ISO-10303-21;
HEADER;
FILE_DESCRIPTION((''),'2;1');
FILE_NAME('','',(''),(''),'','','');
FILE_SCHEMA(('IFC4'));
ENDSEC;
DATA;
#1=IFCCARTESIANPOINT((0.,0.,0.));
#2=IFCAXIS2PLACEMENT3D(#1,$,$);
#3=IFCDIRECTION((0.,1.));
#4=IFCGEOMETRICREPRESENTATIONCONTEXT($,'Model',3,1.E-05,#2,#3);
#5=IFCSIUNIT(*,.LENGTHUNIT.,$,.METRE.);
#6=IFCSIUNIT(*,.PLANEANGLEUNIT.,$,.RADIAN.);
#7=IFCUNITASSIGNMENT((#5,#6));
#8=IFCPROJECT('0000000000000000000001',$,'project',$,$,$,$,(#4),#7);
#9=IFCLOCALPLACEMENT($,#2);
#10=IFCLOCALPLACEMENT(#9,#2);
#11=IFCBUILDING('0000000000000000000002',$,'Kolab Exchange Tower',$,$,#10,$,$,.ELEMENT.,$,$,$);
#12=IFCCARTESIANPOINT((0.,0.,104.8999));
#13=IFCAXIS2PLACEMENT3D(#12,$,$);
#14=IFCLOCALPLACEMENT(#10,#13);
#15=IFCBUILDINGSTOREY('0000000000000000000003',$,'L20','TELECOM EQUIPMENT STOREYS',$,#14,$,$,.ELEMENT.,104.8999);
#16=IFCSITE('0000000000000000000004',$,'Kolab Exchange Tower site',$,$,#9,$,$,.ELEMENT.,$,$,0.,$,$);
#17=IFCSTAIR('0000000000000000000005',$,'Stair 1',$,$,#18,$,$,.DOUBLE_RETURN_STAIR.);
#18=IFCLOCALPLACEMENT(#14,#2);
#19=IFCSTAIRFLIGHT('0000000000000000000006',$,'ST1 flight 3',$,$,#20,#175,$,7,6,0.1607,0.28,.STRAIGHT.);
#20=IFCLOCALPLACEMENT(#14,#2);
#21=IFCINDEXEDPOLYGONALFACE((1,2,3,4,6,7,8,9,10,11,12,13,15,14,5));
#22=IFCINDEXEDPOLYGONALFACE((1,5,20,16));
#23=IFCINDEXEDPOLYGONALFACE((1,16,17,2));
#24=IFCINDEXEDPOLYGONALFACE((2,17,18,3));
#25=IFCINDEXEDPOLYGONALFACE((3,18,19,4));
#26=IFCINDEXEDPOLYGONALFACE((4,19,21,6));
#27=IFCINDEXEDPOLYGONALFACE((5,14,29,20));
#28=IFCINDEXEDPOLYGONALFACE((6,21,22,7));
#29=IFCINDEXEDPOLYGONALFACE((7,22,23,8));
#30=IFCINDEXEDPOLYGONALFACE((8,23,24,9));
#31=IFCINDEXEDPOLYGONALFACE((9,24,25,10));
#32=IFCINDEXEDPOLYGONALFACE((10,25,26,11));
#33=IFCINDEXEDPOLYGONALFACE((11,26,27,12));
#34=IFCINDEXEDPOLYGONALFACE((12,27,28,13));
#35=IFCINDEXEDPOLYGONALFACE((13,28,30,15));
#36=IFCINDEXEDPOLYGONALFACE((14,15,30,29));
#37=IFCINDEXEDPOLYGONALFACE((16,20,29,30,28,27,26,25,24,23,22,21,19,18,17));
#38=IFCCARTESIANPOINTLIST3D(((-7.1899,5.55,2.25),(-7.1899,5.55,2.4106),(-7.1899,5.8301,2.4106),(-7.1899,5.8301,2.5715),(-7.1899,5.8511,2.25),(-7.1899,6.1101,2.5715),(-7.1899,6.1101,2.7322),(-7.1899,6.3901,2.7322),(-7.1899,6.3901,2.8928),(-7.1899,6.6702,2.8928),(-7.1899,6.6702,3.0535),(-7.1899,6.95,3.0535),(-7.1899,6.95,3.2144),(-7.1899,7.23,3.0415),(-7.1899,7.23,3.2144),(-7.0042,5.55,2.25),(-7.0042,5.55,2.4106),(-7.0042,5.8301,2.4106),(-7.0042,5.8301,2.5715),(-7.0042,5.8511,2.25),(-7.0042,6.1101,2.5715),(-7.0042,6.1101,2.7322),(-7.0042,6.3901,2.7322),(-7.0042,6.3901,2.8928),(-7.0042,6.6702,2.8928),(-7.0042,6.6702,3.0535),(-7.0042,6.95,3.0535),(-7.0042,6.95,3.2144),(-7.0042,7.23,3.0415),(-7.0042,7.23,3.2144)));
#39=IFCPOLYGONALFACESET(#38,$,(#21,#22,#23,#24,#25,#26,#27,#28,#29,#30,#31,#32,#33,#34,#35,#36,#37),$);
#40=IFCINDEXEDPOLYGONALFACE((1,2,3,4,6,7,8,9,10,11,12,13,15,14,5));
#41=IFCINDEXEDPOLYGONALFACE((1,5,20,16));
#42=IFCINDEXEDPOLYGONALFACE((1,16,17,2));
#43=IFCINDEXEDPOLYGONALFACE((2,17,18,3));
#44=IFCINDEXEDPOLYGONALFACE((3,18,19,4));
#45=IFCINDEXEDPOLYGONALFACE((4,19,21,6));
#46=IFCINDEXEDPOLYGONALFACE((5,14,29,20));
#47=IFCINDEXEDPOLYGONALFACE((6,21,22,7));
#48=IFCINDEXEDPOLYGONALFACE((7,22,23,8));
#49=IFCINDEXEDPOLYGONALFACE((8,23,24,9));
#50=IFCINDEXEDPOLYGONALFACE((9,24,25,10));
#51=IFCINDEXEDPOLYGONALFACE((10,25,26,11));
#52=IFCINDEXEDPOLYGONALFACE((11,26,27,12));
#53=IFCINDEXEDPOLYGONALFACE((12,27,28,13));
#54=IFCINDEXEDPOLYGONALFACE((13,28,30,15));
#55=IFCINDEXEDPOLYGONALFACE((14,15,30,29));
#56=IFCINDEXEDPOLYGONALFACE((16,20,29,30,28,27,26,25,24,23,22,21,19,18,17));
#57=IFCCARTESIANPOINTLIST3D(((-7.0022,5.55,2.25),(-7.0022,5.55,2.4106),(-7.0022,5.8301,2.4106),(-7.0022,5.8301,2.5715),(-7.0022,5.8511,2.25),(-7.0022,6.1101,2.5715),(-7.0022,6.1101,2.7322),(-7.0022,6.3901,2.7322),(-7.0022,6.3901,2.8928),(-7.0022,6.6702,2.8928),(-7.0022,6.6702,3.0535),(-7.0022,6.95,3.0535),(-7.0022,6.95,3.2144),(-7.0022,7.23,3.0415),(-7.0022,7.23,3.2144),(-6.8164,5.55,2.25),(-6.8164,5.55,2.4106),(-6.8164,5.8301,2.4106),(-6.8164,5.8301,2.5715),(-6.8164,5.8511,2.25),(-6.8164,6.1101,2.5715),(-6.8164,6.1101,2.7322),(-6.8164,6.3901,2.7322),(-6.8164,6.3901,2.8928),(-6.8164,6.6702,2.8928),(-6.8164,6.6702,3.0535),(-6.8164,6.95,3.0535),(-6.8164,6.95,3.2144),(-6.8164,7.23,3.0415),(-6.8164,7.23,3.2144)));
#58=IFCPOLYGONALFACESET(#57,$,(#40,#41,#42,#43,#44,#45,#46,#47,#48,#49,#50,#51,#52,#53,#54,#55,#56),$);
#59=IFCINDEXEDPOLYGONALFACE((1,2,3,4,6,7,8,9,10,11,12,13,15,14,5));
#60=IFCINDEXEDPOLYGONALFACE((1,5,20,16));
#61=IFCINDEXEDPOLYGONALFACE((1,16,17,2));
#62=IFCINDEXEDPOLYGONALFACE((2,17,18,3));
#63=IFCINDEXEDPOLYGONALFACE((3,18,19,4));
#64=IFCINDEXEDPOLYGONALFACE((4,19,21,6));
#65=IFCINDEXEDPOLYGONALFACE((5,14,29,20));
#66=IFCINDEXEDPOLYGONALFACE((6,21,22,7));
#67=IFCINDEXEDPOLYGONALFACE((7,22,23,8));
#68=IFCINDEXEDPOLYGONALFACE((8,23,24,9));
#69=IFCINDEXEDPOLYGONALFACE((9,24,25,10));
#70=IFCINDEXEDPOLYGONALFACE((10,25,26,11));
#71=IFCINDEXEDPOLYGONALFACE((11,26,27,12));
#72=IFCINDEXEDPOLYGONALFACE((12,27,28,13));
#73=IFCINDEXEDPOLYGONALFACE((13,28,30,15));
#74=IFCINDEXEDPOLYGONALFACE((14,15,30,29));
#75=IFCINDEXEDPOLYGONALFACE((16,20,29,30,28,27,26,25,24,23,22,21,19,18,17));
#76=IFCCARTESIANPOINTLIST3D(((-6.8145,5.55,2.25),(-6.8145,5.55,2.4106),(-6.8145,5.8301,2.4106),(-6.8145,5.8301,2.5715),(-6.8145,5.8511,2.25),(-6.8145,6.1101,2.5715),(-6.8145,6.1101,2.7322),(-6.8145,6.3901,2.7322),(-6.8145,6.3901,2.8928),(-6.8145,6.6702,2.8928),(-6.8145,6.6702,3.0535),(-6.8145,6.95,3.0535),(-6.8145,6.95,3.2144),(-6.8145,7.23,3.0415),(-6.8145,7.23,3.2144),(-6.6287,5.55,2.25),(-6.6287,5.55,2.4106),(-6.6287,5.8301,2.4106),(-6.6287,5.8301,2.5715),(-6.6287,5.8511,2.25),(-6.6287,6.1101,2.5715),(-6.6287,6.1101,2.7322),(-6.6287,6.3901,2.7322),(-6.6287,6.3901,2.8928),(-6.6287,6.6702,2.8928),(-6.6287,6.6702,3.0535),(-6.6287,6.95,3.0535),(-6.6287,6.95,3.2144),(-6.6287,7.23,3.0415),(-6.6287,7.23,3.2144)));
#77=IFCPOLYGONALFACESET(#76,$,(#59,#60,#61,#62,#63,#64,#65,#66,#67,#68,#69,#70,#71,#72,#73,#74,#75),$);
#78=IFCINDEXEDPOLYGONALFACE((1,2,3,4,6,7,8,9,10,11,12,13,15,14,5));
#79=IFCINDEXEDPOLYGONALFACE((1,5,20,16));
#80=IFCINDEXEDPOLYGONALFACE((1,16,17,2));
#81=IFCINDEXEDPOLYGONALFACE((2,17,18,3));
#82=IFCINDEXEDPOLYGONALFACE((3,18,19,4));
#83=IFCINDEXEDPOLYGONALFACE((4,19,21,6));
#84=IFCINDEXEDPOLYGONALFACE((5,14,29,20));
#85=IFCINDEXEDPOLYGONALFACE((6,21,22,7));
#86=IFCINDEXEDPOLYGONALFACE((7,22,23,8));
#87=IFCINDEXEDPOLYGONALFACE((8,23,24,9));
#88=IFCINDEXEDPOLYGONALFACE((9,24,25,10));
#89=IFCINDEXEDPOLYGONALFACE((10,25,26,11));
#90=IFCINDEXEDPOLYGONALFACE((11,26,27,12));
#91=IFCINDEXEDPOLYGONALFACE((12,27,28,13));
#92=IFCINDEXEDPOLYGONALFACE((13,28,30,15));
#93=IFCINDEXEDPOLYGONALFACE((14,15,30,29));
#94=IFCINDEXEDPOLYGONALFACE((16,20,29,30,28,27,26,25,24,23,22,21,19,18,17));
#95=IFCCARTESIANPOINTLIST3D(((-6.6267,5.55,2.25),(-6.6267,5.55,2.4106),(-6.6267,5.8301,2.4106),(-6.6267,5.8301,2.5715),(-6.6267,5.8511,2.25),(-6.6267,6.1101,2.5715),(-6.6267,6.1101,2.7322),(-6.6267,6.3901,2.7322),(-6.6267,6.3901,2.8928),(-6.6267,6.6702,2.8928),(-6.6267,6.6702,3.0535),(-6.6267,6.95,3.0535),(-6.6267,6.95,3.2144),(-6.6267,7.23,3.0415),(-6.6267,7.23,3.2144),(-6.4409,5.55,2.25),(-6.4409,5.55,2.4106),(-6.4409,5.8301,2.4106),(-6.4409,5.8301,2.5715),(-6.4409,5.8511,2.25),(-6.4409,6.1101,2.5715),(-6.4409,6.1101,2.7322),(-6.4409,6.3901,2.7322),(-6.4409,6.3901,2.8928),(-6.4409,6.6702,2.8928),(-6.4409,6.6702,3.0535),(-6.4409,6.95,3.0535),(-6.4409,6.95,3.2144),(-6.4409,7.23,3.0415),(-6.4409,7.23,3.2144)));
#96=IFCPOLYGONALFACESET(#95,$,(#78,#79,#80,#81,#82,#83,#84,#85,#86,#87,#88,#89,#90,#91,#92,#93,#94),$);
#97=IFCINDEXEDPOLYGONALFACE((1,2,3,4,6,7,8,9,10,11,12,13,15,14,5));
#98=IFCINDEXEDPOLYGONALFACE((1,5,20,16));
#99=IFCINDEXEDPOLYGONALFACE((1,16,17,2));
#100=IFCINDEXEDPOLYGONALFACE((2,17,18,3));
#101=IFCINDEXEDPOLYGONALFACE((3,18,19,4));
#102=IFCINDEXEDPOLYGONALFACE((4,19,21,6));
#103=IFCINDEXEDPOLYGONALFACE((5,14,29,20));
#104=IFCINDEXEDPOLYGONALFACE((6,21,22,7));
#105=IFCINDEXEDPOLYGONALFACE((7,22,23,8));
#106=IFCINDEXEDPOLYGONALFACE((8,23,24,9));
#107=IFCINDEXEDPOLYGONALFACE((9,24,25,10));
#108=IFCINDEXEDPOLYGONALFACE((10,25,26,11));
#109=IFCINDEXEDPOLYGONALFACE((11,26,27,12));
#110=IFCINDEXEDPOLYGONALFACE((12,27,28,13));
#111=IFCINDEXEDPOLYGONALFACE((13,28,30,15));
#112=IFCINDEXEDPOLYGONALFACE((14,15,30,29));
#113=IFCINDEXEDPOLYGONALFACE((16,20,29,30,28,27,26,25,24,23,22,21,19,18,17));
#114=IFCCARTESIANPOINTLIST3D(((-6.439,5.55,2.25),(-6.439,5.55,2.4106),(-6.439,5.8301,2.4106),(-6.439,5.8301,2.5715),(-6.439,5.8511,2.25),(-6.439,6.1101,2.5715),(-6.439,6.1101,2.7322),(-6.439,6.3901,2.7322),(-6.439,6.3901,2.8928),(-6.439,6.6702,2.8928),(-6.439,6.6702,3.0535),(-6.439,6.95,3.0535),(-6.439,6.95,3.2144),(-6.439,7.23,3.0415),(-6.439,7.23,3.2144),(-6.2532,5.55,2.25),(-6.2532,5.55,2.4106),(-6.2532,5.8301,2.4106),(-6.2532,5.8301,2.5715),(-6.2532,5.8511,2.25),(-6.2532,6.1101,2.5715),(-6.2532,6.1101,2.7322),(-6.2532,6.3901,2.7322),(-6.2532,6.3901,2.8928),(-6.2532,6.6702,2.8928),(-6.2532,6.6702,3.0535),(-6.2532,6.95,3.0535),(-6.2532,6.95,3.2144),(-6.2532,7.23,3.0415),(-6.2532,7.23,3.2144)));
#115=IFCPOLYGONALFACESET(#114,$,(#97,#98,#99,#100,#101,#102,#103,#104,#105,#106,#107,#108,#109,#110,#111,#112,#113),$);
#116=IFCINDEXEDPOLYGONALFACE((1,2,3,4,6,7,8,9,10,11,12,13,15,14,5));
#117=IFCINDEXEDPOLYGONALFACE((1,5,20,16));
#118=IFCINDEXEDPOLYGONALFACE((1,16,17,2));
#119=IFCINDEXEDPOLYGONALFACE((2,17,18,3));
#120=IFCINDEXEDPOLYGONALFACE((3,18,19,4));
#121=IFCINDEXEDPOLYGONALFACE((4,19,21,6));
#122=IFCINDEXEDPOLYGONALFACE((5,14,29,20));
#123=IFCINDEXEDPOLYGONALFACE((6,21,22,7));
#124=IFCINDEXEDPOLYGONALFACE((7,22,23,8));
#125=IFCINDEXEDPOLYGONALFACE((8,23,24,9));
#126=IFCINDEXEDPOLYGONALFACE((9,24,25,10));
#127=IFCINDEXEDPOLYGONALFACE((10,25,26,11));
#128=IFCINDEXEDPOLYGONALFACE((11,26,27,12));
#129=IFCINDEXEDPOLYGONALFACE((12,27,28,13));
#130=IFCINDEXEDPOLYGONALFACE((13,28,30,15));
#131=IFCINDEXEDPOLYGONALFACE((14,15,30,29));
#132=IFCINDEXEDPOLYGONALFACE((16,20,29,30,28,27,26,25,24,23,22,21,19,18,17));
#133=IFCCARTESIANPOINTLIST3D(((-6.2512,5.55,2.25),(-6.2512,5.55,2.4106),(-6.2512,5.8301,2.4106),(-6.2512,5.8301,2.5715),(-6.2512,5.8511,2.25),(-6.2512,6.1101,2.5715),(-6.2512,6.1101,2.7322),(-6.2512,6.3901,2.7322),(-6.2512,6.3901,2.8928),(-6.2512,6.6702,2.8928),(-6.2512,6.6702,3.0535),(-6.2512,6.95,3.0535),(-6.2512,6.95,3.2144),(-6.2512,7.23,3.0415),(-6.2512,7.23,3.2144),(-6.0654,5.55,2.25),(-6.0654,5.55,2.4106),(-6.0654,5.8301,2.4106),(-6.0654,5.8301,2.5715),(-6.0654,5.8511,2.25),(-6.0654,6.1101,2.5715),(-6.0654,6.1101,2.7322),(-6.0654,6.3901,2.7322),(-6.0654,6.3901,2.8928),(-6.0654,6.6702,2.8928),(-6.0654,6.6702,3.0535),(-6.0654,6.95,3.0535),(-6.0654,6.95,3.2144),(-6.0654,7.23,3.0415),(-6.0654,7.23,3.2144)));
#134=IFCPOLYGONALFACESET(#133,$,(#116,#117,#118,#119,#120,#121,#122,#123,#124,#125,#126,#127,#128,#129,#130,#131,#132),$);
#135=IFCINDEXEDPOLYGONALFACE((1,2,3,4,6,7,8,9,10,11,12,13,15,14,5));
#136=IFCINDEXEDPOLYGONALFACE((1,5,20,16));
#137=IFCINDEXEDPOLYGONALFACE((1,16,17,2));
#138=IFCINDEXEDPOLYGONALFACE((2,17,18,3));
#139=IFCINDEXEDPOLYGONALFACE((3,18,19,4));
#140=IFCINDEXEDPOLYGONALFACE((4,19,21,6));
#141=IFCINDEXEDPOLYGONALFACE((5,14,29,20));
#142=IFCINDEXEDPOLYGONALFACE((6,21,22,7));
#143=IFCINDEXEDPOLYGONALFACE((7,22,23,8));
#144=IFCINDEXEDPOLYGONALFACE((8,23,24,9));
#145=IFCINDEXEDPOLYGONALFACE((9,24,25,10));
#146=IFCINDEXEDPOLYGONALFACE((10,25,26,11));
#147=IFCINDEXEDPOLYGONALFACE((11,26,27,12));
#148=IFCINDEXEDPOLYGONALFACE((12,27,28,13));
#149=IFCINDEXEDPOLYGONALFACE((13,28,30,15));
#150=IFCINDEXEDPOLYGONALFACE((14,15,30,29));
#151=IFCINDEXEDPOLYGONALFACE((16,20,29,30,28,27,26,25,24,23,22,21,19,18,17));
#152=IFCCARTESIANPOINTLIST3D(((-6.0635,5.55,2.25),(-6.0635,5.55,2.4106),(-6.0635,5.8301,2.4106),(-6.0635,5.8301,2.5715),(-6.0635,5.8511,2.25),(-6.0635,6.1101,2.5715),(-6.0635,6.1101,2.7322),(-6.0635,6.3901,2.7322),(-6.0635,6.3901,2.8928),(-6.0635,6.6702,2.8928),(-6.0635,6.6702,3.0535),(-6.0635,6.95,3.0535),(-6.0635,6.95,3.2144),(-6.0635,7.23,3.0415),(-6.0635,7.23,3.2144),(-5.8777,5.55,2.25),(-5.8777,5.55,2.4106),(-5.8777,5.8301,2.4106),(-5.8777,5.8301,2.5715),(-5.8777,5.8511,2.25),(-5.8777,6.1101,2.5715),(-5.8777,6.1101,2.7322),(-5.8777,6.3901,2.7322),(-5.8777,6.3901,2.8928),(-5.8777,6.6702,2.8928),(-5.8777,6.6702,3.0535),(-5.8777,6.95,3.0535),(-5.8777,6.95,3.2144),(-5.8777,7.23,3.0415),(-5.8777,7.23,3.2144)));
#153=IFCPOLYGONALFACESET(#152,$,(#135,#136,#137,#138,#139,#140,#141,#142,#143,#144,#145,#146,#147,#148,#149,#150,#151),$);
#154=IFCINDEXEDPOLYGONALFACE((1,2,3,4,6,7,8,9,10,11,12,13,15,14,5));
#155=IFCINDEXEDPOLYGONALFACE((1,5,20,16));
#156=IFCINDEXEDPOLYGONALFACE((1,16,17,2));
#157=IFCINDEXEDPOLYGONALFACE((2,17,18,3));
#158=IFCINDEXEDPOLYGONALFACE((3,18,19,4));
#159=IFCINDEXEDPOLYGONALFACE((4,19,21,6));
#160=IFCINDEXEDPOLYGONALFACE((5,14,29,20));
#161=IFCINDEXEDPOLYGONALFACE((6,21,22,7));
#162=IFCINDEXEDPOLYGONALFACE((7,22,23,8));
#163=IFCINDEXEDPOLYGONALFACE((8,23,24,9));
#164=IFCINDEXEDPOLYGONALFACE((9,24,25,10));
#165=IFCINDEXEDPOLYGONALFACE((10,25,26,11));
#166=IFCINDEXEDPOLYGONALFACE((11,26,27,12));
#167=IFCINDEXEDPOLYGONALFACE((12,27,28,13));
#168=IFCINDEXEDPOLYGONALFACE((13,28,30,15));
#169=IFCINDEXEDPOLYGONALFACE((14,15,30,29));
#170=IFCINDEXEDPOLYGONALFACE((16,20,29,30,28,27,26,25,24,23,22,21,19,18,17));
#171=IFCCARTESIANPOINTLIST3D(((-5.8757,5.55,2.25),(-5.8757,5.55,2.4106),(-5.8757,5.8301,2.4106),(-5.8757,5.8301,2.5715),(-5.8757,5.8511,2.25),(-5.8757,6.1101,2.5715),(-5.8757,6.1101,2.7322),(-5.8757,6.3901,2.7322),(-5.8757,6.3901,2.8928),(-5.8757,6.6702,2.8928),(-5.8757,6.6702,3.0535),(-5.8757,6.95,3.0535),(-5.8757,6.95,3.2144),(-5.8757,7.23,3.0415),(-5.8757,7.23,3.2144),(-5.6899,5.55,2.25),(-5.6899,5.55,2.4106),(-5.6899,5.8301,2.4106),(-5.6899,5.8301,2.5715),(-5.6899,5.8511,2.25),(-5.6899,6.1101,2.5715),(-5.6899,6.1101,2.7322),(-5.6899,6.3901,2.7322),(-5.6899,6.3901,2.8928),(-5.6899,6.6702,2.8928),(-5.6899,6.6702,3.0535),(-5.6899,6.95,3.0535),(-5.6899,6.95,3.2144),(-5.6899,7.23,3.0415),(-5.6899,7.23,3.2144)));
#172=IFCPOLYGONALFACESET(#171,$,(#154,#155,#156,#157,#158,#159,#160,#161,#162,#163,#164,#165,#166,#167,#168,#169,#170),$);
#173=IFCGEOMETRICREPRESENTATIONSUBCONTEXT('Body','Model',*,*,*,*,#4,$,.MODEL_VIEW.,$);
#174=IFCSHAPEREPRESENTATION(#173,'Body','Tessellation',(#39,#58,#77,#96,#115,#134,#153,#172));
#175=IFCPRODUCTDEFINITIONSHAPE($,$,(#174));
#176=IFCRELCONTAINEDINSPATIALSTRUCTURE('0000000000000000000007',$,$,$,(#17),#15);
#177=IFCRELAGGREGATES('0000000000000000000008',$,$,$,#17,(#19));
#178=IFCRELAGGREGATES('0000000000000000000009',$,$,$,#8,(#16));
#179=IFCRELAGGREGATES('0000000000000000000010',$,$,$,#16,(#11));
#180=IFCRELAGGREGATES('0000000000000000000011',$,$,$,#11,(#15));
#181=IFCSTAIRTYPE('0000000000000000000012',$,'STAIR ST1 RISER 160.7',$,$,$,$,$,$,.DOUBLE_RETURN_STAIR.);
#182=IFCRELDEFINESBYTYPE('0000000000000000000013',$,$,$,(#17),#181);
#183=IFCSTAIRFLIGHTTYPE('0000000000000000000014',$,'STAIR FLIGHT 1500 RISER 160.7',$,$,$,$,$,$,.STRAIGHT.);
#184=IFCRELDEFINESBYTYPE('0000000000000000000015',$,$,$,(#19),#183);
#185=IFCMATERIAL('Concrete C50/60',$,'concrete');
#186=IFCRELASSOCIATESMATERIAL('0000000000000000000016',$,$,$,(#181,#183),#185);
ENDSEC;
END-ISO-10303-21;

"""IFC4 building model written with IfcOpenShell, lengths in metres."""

from ifc_helpers import new_model, si_unit, direction, frame, origin, place, context, subcontext, project, spatial, polyline, outline, extrude, material, type_object, element, aggregate, save


model = new_model("IFC4")

# Units and contexts
model_context = context("Model", 3, precision=1e-05, world=origin(), true_north=direction((0.0, 1.0)))
body_context = subcontext(model_context, "Body", "Model", "MODEL_VIEW")
ifc_project = project(units=[si_unit("LENGTHUNIT", "METRE"), si_unit("PLANEANGLEUNIT", "RADIAN")], contexts=[model_context])

# Site, building, storey
site_placement = place(None, origin())
site = spatial("IfcSite", under=ifc_project, at=site_placement, Name="Kolab Exchange Tower site", CompositionType="ELEMENT", RefElevation=0.0)
building_placement = place(site_placement, origin())
building = spatial("IfcBuilding", under=site, at=building_placement, Name="Kolab Exchange Tower", CompositionType="ELEMENT")
storey_placement = place(building_placement, frame((0.0, 0.0, 104.8999)))
storey = spatial("IfcBuildingStorey", under=building, at=storey_placement, Name="L20", Description="TELECOM EQUIPMENT STOREYS", CompositionType="ELEMENT", Elevation=104.8999)

# Shared definitions
ifc_material_1 = material(Name="Concrete C50/60", Category="concrete")

# Stair, stair flight
stair_type = type_object("IfcStairType", Name="STAIR ST1 RISER 160.7", PredefinedType="DOUBLE_RETURN_STAIR", material=ifc_material_1)
stair_placement = place(storey_placement, origin())
stair = element("IfcStair", 1, at=stair_placement, inside=storey, type_object=stair_type, Name="Stair 1", PredefinedType="DOUBLE_RETURN_STAIR")
stair_flight_type = type_object("IfcStairFlightType", Name="STAIR FLIGHT 1500 RISER 160.7", PredefinedType="STRAIGHT", material=ifc_material_1)
stair_flight_1_placement = place(storey_placement, frame((-6.4399, 5.55, 2.25), z_axis=(0.0, 0.0, 1.0), x_axis=(0.0, 1.0, 0.0)))
stair_flight_1 = element("IfcStairFlight", 2, at=stair_flight_1_placement, type_object=stair_flight_type, Name="ST1 flight 3", NumberOfRisers=7, NumberOfTreads=6, PredefinedType="STRAIGHT", RiserHeight=0.1607, TreadLength=0.28, context=body_context, shape_type="SweptSolid", body=[
    extrude(outline(polyline([(0.0, 0.0), (0.0, 0.1606), (0.28, 0.1606), (0.28, 0.3215), (0.5601, 0.3215), (0.5601, 0.4822), (0.8401, 0.4822), (0.8401, 0.6428), (1.1201, 0.6428), (1.1201, 0.8035), (1.3999, 0.8035), (1.3999, 0.9644), (1.6799, 0.9644), (1.6799, 1.125), (1.6799, 0.7915), (0.301, 0.0), (0.0, 0.0)])), frame((0.0, 0.75, 0.0), z_axis=(0.0, -1.0, 0.0), x_axis=(1.0, 0.0, 0.0)), (0.0, 0.0, 1.0), 0.1858),
    extrude(outline(polyline([(0.0, 0.0), (0.0, 0.1606), (0.28, 0.1606), (0.28, 0.3215), (0.5601, 0.3215), (0.5601, 0.4822), (0.8401, 0.4822), (0.8401, 0.6428), (1.1201, 0.6428), (1.1201, 0.8035), (1.3999, 0.8035), (1.3999, 0.9644), (1.6799, 0.9644), (1.6799, 1.125), (1.6799, 0.7915), (0.301, 0.0), (0.0, 0.0)])), frame((0.0, 0.5623, 0.0), z_axis=(0.0, -1.0, 0.0), x_axis=(1.0, 0.0, 0.0)), (0.0, 0.0, 1.0), 0.1858),
    extrude(outline(polyline([(0.0, 0.0), (0.0, 0.1606), (0.28, 0.1606), (0.28, 0.3215), (0.5601, 0.3215), (0.5601, 0.4822), (0.8401, 0.4822), (0.8401, 0.6428), (1.1201, 0.6428), (1.1201, 0.8035), (1.3999, 0.8035), (1.3999, 0.9644), (1.6799, 0.9644), (1.6799, 1.125), (1.6799, 0.7915), (0.301, 0.0), (0.0, 0.0)])), frame((0.0, 0.3745, 0.0), z_axis=(0.0, -1.0, 0.0), x_axis=(1.0, 0.0, 0.0)), (0.0, 0.0, 1.0), 0.1858),
    extrude(outline(polyline([(0.0, 0.0), (0.0, 0.1606), (0.28, 0.1606), (0.28, 0.3215), (0.5601, 0.3215), (0.5601, 0.4822), (0.8401, 0.4822), (0.8401, 0.6428), (1.1201, 0.6428), (1.1201, 0.8035), (1.3999, 0.8035), (1.3999, 0.9644), (1.6799, 0.9644), (1.6799, 1.125), (1.6799, 0.7915), (0.301, 0.0), (0.0, 0.0)])), frame((0.0, 0.1868, 0.0), z_axis=(0.0, -1.0, 0.0), x_axis=(1.0, 0.0, 0.0)), (0.0, 0.0, 1.0), 0.1858),
    extrude(outline(polyline([(0.0, 0.0), (0.0, 0.1606), (0.28, 0.1606), (0.28, 0.3215), (0.5601, 0.3215), (0.5601, 0.4822), (0.8401, 0.4822), (0.8401, 0.6428), (1.1201, 0.6428), (1.1201, 0.8035), (1.3999, 0.8035), (1.3999, 0.9644), (1.6799, 0.9644), (1.6799, 1.125), (1.6799, 0.7915), (0.301, 0.0), (0.0, 0.0)])), frame((0.0, -0.001, 0.0), z_axis=(0.0, -1.0, 0.0), x_axis=(1.0, 0.0, 0.0)), (0.0, 0.0, 1.0), 0.1858),
    extrude(outline(polyline([(0.0, 0.0), (0.0, 0.1606), (0.28, 0.1606), (0.28, 0.3215), (0.5601, 0.3215), (0.5601, 0.4822), (0.8401, 0.4822), (0.8401, 0.6428), (1.1201, 0.6428), (1.1201, 0.8035), (1.3999, 0.8035), (1.3999, 0.9644), (1.6799, 0.9644), (1.6799, 1.125), (1.6799, 0.7915), (0.301, 0.0), (0.0, 0.0)])), frame((0.0, -0.1887, 0.0), z_axis=(0.0, -1.0, 0.0), x_axis=(1.0, 0.0, 0.0)), (0.0, 0.0, 1.0), 0.1858),
    extrude(outline(polyline([(0.0, 0.0), (0.0, 0.1606), (0.28, 0.1606), (0.28, 0.3215), (0.5601, 0.3215), (0.5601, 0.4822), (0.8401, 0.4822), (0.8401, 0.6428), (1.1201, 0.6428), (1.1201, 0.8035), (1.3999, 0.8035), (1.3999, 0.9644), (1.6799, 0.9644), (1.6799, 1.125), (1.6799, 0.7915), (0.301, 0.0), (0.0, 0.0)])), frame((0.0, -0.3765, 0.0), z_axis=(0.0, -1.0, 0.0), x_axis=(1.0, 0.0, 0.0)), (0.0, 0.0, 1.0), 0.1858),
    extrude(outline(polyline([(0.0, 0.0), (0.0, 0.1606), (0.28, 0.1606), (0.28, 0.3215), (0.5601, 0.3215), (0.5601, 0.4822), (0.8401, 0.4822), (0.8401, 0.6428), (1.1201, 0.6428), (1.1201, 0.8035), (1.3999, 0.8035), (1.3999, 0.9644), (1.6799, 0.9644), (1.6799, 1.125), (1.6799, 0.7915), (0.301, 0.0), (0.0, 0.0)])), frame((0.0, -0.5642, 0.0), z_axis=(0.0, -1.0, 0.0), x_axis=(1.0, 0.0, 0.0)), (0.0, 0.0, 1.0), 0.1858),
])
aggregate(stair, [stair_flight_1])

save(model, "model.ifc")
